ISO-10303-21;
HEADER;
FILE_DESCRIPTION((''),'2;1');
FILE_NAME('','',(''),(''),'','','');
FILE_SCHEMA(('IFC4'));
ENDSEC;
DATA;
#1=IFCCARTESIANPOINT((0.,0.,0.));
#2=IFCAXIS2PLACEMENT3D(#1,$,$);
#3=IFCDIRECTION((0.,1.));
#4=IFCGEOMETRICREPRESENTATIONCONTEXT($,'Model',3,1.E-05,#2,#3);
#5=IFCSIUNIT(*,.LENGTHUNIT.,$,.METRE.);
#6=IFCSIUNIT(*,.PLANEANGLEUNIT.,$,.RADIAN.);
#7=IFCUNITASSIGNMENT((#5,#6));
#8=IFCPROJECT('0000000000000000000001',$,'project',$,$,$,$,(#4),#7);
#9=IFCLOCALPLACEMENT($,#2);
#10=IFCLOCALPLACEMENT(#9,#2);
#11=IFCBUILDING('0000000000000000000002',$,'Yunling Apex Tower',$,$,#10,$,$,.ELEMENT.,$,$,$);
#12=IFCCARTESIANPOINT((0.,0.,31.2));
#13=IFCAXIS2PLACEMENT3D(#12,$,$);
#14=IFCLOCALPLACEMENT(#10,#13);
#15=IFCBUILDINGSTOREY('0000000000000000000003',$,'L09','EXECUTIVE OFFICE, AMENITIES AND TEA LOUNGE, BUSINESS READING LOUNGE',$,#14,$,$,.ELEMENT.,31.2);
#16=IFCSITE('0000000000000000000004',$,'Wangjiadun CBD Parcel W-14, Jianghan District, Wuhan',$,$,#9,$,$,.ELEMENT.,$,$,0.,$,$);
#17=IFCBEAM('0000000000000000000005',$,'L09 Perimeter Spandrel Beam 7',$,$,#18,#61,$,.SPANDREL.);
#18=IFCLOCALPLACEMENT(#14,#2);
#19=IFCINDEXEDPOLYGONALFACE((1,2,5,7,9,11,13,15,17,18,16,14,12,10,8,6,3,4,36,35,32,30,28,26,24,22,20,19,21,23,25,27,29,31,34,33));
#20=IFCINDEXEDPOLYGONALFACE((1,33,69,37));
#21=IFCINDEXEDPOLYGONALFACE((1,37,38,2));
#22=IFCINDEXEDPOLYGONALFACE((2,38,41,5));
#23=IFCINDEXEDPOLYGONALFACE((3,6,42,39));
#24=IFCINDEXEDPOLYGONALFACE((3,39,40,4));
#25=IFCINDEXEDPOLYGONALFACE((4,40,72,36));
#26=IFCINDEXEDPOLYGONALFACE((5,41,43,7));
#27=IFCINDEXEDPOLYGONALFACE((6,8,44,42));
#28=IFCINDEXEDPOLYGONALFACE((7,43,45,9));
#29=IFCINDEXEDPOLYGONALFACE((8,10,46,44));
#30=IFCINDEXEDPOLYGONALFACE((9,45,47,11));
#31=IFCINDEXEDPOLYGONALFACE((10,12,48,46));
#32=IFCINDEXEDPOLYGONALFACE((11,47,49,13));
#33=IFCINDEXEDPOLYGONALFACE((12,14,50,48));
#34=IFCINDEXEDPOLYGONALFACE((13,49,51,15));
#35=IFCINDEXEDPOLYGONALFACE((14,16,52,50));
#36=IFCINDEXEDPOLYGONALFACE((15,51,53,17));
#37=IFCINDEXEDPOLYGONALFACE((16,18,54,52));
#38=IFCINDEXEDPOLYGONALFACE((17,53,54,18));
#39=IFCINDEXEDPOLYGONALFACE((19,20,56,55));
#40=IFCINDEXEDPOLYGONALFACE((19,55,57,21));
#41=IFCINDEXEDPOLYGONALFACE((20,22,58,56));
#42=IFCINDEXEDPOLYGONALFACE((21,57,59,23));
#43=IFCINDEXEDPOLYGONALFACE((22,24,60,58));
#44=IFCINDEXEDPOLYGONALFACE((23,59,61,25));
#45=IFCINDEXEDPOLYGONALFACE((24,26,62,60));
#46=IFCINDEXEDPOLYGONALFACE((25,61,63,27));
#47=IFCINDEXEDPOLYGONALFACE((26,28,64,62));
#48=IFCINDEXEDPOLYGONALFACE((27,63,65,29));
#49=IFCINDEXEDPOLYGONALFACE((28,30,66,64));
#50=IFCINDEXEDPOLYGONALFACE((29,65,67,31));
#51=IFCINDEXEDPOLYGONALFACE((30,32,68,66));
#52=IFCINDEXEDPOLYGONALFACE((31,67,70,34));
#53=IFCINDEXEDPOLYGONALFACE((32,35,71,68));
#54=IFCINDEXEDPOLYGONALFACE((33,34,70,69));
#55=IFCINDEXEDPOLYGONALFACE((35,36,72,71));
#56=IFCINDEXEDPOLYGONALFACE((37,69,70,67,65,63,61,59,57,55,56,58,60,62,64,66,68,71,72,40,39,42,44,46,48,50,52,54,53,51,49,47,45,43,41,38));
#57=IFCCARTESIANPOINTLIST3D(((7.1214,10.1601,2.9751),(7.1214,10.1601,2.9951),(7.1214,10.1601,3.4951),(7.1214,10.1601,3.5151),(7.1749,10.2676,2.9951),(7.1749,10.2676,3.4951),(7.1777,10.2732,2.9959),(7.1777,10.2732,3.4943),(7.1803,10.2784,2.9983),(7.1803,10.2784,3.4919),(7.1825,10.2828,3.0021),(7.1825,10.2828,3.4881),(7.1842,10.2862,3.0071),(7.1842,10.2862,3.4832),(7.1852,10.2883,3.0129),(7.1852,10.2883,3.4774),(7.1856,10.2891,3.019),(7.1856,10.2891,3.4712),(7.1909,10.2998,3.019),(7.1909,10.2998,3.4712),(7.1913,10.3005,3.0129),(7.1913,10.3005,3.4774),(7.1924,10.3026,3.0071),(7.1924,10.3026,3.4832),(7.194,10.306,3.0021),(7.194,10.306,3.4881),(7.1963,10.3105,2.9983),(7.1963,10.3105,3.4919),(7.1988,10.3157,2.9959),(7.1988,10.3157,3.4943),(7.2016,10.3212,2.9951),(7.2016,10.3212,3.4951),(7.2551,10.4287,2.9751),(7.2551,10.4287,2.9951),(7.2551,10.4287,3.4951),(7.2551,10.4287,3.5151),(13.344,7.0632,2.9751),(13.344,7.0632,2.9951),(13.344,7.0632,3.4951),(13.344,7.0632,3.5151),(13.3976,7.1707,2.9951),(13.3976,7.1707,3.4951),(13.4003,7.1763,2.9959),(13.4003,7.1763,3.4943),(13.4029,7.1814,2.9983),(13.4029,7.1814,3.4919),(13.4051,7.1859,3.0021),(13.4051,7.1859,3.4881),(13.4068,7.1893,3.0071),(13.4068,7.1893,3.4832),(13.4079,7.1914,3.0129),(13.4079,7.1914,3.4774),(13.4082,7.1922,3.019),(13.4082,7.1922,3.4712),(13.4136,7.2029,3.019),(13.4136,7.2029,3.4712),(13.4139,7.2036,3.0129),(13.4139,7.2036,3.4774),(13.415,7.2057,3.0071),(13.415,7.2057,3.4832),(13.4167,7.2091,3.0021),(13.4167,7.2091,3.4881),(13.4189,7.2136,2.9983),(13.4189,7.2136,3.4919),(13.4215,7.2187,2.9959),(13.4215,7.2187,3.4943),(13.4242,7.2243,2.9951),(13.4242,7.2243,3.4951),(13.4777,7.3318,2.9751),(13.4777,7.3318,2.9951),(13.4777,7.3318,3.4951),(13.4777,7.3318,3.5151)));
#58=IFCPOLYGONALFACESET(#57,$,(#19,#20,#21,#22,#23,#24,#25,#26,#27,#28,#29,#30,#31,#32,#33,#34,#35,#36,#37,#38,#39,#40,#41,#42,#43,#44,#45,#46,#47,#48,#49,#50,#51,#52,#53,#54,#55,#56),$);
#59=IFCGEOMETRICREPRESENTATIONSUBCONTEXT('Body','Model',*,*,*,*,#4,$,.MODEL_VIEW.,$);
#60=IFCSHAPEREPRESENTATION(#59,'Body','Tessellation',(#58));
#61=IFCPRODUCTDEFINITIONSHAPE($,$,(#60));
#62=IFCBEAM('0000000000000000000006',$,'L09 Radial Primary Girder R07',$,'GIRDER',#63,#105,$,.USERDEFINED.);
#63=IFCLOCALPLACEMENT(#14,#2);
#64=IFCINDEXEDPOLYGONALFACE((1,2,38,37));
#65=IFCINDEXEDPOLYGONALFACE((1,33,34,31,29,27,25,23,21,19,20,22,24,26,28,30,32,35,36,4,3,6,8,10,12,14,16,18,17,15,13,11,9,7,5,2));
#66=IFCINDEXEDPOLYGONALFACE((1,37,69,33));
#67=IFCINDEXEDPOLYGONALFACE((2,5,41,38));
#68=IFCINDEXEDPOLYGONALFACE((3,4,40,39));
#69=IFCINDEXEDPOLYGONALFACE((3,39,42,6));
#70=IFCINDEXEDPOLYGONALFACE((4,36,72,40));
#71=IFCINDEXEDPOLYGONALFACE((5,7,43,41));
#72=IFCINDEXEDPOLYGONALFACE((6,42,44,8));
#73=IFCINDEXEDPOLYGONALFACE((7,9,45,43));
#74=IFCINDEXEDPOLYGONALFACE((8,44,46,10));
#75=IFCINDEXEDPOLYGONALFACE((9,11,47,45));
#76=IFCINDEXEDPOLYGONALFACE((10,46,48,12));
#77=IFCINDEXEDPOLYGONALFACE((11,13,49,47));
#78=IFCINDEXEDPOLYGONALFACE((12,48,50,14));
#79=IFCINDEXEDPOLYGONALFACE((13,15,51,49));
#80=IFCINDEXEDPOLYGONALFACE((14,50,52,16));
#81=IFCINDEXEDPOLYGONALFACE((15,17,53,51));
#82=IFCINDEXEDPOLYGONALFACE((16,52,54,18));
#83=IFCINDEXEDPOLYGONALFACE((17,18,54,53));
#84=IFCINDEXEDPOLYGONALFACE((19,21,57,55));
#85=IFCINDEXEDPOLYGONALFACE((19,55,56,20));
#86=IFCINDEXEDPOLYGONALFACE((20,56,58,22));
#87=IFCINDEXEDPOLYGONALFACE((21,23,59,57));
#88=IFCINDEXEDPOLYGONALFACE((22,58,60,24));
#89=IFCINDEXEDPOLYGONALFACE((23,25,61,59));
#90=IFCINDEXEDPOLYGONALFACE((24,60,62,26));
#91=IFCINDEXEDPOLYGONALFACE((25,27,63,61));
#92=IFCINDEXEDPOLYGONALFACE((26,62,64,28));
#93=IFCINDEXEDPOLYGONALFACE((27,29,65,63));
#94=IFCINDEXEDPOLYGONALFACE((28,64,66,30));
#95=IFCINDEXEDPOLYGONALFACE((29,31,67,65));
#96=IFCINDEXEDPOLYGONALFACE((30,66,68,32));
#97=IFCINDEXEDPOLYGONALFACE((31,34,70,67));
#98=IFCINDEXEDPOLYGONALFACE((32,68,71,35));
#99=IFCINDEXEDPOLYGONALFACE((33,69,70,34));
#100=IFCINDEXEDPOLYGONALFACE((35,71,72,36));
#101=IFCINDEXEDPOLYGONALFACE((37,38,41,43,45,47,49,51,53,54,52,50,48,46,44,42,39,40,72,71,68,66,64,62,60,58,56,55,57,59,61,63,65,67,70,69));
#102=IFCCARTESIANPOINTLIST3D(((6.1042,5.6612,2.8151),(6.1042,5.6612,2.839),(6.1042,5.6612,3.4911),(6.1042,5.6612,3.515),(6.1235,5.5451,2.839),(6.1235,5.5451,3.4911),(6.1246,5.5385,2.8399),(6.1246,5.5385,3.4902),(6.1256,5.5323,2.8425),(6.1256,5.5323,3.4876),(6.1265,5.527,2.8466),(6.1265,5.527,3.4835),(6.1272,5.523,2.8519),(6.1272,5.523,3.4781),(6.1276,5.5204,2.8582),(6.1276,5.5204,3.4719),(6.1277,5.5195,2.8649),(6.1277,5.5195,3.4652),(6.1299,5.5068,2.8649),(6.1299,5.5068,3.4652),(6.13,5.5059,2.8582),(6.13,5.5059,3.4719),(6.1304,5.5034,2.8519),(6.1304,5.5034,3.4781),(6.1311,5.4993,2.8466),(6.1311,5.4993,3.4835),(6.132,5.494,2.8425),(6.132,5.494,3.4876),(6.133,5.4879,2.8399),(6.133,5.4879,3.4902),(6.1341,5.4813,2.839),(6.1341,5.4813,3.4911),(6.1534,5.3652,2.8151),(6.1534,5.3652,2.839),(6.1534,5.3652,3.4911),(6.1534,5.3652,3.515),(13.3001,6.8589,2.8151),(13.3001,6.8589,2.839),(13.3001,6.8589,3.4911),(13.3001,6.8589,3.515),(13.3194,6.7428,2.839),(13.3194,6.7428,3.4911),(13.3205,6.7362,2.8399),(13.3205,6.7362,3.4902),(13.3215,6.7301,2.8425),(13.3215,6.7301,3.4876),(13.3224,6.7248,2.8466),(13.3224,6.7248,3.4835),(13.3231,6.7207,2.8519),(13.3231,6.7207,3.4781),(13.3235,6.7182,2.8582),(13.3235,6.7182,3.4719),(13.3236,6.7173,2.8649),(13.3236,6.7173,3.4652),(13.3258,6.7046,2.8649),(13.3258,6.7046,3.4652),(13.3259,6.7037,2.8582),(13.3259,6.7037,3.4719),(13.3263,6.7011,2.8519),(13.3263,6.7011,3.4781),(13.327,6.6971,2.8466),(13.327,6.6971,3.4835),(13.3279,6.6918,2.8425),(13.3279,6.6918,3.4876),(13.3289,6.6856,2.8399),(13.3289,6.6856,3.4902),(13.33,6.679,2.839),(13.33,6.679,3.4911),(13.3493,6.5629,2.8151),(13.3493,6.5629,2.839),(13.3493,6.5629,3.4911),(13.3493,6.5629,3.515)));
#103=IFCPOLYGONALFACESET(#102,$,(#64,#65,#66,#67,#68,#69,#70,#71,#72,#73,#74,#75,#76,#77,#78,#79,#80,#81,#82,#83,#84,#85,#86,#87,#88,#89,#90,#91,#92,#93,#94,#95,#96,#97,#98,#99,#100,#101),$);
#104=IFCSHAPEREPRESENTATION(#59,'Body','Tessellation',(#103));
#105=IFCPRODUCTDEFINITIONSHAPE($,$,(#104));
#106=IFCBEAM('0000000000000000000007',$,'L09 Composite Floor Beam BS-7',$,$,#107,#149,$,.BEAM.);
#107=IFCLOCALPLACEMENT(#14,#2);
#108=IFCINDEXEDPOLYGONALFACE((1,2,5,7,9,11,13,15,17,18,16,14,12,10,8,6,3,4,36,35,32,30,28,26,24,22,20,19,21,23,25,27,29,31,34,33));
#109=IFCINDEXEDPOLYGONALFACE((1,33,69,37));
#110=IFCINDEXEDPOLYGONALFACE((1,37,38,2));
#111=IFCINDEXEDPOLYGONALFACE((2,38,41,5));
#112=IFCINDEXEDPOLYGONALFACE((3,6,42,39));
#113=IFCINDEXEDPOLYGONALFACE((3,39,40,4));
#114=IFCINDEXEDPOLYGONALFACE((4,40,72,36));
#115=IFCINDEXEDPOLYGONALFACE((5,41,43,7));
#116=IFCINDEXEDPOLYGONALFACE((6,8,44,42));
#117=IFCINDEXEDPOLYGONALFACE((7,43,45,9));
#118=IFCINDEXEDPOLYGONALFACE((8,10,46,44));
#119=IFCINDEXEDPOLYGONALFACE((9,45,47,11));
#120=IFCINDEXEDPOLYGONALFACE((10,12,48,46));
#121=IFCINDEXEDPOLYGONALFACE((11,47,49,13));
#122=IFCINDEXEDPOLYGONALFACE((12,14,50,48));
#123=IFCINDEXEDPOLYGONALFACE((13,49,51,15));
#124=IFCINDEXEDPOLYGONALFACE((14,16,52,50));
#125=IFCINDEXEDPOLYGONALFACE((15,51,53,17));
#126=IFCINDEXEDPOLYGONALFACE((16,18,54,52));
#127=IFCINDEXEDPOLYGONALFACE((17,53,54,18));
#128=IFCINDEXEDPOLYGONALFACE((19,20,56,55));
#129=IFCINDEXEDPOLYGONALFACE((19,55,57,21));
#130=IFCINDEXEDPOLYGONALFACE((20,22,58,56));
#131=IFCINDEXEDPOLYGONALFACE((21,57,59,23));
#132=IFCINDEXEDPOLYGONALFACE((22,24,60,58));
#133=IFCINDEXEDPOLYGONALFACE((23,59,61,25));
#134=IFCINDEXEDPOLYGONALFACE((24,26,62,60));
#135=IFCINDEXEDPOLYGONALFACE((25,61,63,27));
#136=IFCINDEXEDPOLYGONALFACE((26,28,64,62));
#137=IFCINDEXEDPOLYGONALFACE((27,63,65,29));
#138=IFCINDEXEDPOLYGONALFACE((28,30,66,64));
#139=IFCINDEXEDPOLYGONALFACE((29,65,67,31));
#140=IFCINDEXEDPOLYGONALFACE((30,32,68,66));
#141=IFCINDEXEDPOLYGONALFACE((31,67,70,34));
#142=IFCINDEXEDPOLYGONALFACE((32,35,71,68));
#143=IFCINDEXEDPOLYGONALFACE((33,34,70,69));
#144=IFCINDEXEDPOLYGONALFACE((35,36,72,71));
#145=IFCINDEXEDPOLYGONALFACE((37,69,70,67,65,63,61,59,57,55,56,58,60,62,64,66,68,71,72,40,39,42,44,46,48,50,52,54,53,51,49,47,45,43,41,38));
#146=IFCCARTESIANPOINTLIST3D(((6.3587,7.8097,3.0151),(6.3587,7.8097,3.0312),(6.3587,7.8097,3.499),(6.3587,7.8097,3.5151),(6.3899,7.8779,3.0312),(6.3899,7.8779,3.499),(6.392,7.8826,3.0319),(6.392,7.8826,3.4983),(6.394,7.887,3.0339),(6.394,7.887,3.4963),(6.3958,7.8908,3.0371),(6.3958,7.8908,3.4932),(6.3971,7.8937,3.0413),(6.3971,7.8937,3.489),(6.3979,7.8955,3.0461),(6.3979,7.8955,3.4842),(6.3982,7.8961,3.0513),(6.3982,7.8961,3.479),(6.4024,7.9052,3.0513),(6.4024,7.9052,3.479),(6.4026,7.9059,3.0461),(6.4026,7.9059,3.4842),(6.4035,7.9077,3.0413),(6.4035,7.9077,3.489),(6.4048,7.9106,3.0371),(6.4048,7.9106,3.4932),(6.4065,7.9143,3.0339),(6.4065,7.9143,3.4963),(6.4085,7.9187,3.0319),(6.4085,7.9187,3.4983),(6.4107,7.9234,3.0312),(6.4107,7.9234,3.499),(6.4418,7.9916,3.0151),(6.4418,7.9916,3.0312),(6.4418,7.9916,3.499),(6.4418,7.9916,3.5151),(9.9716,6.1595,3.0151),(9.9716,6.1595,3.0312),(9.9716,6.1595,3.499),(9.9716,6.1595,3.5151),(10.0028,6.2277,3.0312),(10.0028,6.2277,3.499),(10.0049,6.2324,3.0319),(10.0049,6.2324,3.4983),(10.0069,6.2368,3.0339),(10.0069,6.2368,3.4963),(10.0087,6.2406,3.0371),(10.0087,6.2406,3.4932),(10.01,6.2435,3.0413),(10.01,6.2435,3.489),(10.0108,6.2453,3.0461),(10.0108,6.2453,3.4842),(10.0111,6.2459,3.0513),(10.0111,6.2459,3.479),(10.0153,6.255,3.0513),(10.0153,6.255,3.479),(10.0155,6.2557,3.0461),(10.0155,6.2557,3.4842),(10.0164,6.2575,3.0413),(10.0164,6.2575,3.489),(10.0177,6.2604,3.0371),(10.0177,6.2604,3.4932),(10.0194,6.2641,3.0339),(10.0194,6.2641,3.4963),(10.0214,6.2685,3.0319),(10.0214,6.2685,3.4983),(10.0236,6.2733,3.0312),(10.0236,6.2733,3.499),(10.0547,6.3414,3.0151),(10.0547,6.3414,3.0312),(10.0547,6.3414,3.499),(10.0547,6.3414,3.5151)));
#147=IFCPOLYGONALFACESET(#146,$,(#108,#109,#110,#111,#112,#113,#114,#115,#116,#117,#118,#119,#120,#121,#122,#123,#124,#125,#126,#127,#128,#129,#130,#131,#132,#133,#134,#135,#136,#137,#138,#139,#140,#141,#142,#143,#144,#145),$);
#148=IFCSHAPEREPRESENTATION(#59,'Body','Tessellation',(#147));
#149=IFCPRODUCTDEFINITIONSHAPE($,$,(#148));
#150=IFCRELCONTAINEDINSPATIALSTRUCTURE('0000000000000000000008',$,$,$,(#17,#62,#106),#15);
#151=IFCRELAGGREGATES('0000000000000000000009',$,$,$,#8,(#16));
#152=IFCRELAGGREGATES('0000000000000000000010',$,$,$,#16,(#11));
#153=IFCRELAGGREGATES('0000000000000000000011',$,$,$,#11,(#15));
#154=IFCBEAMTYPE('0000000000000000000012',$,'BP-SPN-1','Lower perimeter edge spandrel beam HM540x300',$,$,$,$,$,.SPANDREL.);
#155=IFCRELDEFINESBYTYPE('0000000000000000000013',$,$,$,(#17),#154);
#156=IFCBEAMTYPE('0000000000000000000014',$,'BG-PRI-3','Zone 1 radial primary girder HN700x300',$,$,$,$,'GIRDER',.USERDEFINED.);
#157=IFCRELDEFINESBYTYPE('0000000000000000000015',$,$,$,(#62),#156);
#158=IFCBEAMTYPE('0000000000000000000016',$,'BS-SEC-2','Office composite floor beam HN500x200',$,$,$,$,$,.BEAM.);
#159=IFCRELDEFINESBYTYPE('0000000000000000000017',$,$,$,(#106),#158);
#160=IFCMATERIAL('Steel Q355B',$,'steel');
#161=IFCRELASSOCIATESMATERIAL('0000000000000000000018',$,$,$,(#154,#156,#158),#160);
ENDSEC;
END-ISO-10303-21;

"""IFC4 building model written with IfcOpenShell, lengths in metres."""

from ifc_helpers import new_model, si_unit, direction, frame, origin, origin_2d, place, context, subcontext, project, spatial, i_section, extrude, source, transform, mapped, material, material_profile, profile_set, type_object, element, save


model = new_model("IFC4")

# Units and contexts
model_context = context("Model", 3, precision=1e-05, world=origin(), true_north=direction((0.0, 1.0)))
body_context = subcontext(model_context, "Body", "Model", "MODEL_VIEW")
ifc_project = project(units=[si_unit("LENGTHUNIT", "METRE"), si_unit("PLANEANGLEUNIT", "RADIAN")], contexts=[model_context])

# Site, building, storey
site_placement = place(None, origin())
site = spatial("IfcSite", under=ifc_project, at=site_placement, Name="Wangjiadun CBD Parcel W-14, Jianghan District, Wuhan", CompositionType="ELEMENT", RefElevation=0.0)
building_placement = place(site_placement, origin())
building = spatial("IfcBuilding", under=site, at=building_placement, Name="Yunling Apex Tower", CompositionType="ELEMENT")
storey_placement = place(building_placement, frame((0.0, 0.0, 31.2)))
storey = spatial("IfcBuildingStorey", under=building, at=storey_placement, Name="L09", Description="EXECUTIVE OFFICE, AMENITIES AND TEA LOUNGE, BUSINESS READING LOUNGE", CompositionType="ELEMENT", Elevation=31.2)

# Beams
ifc_material_1 = material(Name="Steel Q355B", Category="steel")
ifc_material_profile_1 = material_profile(ifc_material_1, i_section(OverallWidth=0.3, OverallDepth=0.54, WebThickness=0.012, FlangeThickness=0.02, FilletRadius=0.0239, at=origin_2d()))
ifc_profile_set_1 = profile_set([ifc_material_profile_1], Name="Steel Q355B")
beam_type_1 = type_object("IfcBeamType", Name="BP-SPN-1", Description="Lower perimeter edge spandrel beam HM540x300", PredefinedType="SPANDREL", material=ifc_profile_set_1)
shared_shape_1 = source(origin(), body_context, "Body", "SweptSolid", [
    extrude(i_section(OverallWidth=0.3, OverallDepth=0.54, WebThickness=0.012, FlangeThickness=0.02, FilletRadius=0.0239, at=origin_2d()), origin(), (0.0, 0.0, 1.0), 6.9507),
])
beam_1_placement = place(storey_placement, frame((13.4109, 7.1975, 3.2451), z_axis=(-0.895255, 0.445555, 0.0), x_axis=(-0.445555, -0.895255, 0.0)))
element("IfcBeam", 1, at=beam_1_placement, inside=storey, type_object=beam_type_1, Name="L09 Perimeter Spandrel Beam 7", PredefinedType="SPANDREL", context=body_context, shape_type="MappedRepresentation", body=[
    mapped(shared_shape_1, transform((0.0, 0.0, 0.0), scale=1.0)),
])
ifc_material_profile_2 = material_profile(ifc_material_1, i_section(OverallWidth=0.3, OverallDepth=0.7, WebThickness=0.0129, FlangeThickness=0.0239, FilletRadius=0.0259, at=origin_2d()))
ifc_profile_set_2 = profile_set([ifc_material_profile_2], Name="Steel Q355B")
beam_type_2 = type_object("IfcBeamType", Name="BG-PRI-3", Description="Zone 1 radial primary girder HN700x300", ElementType="GIRDER", PredefinedType="USERDEFINED", material=ifc_profile_set_2)
shared_shape_2 = source(origin(), body_context, "Body", "SweptSolid", [
    extrude(i_section(OverallWidth=0.3, OverallDepth=0.7, WebThickness=0.0129, FlangeThickness=0.0239, FilletRadius=0.0259, at=origin_2d()), origin(), (0.0, 0.0, 1.0), 7.2949),
])
beam_2_placement = place(storey_placement, frame((13.3247, 6.7109, 3.165), z_axis=(-0.986428, -0.164193, 0.0), x_axis=(0.164193, -0.986428, 0.0)))
element("IfcBeam", 2, at=beam_2_placement, inside=storey, type_object=beam_type_2, Name="L09 Radial Primary Girder R07", ObjectType="GIRDER", PredefinedType="USERDEFINED", context=body_context, shape_type="MappedRepresentation", body=[
    mapped(shared_shape_2, transform((0.0, 0.0, 0.0), scale=1.0)),
])
ifc_material_profile_3 = material_profile(ifc_material_1, i_section(OverallWidth=0.2, OverallDepth=0.5, WebThickness=0.01, FlangeThickness=0.0161, FilletRadius=0.02, at=origin_2d()))
ifc_profile_set_3 = profile_set([ifc_material_profile_3], Name="Steel Q355B")
beam_type_3 = type_object("IfcBeamType", Name="BS-SEC-2", Description="Office composite floor beam HN500x200", PredefinedType="BEAM", material=ifc_profile_set_3)
shared_shape_3 = source(origin(), body_context, "Body", "SweptSolid", [
    extrude(i_section(OverallWidth=0.2, OverallDepth=0.5, WebThickness=0.01, FlangeThickness=0.0161, FilletRadius=0.02, at=origin_2d()), origin(), (0.0, 0.0, 1.0), 3.9719),
])
beam_3_placement = place(storey_placement, frame((10.0132, 6.2505, 3.2651), z_axis=(-0.909609, 0.415465, 0.0), x_axis=(-0.415465, -0.909609, 0.0)))
element("IfcBeam", 3, at=beam_3_placement, inside=storey, type_object=beam_type_3, Name="L09 Composite Floor Beam BS-7", PredefinedType="BEAM", context=body_context, shape_type="MappedRepresentation", body=[
    mapped(shared_shape_3, transform((0.0, 0.0, 0.0), scale=1.0)),
])

save(model, "model.ifc")
